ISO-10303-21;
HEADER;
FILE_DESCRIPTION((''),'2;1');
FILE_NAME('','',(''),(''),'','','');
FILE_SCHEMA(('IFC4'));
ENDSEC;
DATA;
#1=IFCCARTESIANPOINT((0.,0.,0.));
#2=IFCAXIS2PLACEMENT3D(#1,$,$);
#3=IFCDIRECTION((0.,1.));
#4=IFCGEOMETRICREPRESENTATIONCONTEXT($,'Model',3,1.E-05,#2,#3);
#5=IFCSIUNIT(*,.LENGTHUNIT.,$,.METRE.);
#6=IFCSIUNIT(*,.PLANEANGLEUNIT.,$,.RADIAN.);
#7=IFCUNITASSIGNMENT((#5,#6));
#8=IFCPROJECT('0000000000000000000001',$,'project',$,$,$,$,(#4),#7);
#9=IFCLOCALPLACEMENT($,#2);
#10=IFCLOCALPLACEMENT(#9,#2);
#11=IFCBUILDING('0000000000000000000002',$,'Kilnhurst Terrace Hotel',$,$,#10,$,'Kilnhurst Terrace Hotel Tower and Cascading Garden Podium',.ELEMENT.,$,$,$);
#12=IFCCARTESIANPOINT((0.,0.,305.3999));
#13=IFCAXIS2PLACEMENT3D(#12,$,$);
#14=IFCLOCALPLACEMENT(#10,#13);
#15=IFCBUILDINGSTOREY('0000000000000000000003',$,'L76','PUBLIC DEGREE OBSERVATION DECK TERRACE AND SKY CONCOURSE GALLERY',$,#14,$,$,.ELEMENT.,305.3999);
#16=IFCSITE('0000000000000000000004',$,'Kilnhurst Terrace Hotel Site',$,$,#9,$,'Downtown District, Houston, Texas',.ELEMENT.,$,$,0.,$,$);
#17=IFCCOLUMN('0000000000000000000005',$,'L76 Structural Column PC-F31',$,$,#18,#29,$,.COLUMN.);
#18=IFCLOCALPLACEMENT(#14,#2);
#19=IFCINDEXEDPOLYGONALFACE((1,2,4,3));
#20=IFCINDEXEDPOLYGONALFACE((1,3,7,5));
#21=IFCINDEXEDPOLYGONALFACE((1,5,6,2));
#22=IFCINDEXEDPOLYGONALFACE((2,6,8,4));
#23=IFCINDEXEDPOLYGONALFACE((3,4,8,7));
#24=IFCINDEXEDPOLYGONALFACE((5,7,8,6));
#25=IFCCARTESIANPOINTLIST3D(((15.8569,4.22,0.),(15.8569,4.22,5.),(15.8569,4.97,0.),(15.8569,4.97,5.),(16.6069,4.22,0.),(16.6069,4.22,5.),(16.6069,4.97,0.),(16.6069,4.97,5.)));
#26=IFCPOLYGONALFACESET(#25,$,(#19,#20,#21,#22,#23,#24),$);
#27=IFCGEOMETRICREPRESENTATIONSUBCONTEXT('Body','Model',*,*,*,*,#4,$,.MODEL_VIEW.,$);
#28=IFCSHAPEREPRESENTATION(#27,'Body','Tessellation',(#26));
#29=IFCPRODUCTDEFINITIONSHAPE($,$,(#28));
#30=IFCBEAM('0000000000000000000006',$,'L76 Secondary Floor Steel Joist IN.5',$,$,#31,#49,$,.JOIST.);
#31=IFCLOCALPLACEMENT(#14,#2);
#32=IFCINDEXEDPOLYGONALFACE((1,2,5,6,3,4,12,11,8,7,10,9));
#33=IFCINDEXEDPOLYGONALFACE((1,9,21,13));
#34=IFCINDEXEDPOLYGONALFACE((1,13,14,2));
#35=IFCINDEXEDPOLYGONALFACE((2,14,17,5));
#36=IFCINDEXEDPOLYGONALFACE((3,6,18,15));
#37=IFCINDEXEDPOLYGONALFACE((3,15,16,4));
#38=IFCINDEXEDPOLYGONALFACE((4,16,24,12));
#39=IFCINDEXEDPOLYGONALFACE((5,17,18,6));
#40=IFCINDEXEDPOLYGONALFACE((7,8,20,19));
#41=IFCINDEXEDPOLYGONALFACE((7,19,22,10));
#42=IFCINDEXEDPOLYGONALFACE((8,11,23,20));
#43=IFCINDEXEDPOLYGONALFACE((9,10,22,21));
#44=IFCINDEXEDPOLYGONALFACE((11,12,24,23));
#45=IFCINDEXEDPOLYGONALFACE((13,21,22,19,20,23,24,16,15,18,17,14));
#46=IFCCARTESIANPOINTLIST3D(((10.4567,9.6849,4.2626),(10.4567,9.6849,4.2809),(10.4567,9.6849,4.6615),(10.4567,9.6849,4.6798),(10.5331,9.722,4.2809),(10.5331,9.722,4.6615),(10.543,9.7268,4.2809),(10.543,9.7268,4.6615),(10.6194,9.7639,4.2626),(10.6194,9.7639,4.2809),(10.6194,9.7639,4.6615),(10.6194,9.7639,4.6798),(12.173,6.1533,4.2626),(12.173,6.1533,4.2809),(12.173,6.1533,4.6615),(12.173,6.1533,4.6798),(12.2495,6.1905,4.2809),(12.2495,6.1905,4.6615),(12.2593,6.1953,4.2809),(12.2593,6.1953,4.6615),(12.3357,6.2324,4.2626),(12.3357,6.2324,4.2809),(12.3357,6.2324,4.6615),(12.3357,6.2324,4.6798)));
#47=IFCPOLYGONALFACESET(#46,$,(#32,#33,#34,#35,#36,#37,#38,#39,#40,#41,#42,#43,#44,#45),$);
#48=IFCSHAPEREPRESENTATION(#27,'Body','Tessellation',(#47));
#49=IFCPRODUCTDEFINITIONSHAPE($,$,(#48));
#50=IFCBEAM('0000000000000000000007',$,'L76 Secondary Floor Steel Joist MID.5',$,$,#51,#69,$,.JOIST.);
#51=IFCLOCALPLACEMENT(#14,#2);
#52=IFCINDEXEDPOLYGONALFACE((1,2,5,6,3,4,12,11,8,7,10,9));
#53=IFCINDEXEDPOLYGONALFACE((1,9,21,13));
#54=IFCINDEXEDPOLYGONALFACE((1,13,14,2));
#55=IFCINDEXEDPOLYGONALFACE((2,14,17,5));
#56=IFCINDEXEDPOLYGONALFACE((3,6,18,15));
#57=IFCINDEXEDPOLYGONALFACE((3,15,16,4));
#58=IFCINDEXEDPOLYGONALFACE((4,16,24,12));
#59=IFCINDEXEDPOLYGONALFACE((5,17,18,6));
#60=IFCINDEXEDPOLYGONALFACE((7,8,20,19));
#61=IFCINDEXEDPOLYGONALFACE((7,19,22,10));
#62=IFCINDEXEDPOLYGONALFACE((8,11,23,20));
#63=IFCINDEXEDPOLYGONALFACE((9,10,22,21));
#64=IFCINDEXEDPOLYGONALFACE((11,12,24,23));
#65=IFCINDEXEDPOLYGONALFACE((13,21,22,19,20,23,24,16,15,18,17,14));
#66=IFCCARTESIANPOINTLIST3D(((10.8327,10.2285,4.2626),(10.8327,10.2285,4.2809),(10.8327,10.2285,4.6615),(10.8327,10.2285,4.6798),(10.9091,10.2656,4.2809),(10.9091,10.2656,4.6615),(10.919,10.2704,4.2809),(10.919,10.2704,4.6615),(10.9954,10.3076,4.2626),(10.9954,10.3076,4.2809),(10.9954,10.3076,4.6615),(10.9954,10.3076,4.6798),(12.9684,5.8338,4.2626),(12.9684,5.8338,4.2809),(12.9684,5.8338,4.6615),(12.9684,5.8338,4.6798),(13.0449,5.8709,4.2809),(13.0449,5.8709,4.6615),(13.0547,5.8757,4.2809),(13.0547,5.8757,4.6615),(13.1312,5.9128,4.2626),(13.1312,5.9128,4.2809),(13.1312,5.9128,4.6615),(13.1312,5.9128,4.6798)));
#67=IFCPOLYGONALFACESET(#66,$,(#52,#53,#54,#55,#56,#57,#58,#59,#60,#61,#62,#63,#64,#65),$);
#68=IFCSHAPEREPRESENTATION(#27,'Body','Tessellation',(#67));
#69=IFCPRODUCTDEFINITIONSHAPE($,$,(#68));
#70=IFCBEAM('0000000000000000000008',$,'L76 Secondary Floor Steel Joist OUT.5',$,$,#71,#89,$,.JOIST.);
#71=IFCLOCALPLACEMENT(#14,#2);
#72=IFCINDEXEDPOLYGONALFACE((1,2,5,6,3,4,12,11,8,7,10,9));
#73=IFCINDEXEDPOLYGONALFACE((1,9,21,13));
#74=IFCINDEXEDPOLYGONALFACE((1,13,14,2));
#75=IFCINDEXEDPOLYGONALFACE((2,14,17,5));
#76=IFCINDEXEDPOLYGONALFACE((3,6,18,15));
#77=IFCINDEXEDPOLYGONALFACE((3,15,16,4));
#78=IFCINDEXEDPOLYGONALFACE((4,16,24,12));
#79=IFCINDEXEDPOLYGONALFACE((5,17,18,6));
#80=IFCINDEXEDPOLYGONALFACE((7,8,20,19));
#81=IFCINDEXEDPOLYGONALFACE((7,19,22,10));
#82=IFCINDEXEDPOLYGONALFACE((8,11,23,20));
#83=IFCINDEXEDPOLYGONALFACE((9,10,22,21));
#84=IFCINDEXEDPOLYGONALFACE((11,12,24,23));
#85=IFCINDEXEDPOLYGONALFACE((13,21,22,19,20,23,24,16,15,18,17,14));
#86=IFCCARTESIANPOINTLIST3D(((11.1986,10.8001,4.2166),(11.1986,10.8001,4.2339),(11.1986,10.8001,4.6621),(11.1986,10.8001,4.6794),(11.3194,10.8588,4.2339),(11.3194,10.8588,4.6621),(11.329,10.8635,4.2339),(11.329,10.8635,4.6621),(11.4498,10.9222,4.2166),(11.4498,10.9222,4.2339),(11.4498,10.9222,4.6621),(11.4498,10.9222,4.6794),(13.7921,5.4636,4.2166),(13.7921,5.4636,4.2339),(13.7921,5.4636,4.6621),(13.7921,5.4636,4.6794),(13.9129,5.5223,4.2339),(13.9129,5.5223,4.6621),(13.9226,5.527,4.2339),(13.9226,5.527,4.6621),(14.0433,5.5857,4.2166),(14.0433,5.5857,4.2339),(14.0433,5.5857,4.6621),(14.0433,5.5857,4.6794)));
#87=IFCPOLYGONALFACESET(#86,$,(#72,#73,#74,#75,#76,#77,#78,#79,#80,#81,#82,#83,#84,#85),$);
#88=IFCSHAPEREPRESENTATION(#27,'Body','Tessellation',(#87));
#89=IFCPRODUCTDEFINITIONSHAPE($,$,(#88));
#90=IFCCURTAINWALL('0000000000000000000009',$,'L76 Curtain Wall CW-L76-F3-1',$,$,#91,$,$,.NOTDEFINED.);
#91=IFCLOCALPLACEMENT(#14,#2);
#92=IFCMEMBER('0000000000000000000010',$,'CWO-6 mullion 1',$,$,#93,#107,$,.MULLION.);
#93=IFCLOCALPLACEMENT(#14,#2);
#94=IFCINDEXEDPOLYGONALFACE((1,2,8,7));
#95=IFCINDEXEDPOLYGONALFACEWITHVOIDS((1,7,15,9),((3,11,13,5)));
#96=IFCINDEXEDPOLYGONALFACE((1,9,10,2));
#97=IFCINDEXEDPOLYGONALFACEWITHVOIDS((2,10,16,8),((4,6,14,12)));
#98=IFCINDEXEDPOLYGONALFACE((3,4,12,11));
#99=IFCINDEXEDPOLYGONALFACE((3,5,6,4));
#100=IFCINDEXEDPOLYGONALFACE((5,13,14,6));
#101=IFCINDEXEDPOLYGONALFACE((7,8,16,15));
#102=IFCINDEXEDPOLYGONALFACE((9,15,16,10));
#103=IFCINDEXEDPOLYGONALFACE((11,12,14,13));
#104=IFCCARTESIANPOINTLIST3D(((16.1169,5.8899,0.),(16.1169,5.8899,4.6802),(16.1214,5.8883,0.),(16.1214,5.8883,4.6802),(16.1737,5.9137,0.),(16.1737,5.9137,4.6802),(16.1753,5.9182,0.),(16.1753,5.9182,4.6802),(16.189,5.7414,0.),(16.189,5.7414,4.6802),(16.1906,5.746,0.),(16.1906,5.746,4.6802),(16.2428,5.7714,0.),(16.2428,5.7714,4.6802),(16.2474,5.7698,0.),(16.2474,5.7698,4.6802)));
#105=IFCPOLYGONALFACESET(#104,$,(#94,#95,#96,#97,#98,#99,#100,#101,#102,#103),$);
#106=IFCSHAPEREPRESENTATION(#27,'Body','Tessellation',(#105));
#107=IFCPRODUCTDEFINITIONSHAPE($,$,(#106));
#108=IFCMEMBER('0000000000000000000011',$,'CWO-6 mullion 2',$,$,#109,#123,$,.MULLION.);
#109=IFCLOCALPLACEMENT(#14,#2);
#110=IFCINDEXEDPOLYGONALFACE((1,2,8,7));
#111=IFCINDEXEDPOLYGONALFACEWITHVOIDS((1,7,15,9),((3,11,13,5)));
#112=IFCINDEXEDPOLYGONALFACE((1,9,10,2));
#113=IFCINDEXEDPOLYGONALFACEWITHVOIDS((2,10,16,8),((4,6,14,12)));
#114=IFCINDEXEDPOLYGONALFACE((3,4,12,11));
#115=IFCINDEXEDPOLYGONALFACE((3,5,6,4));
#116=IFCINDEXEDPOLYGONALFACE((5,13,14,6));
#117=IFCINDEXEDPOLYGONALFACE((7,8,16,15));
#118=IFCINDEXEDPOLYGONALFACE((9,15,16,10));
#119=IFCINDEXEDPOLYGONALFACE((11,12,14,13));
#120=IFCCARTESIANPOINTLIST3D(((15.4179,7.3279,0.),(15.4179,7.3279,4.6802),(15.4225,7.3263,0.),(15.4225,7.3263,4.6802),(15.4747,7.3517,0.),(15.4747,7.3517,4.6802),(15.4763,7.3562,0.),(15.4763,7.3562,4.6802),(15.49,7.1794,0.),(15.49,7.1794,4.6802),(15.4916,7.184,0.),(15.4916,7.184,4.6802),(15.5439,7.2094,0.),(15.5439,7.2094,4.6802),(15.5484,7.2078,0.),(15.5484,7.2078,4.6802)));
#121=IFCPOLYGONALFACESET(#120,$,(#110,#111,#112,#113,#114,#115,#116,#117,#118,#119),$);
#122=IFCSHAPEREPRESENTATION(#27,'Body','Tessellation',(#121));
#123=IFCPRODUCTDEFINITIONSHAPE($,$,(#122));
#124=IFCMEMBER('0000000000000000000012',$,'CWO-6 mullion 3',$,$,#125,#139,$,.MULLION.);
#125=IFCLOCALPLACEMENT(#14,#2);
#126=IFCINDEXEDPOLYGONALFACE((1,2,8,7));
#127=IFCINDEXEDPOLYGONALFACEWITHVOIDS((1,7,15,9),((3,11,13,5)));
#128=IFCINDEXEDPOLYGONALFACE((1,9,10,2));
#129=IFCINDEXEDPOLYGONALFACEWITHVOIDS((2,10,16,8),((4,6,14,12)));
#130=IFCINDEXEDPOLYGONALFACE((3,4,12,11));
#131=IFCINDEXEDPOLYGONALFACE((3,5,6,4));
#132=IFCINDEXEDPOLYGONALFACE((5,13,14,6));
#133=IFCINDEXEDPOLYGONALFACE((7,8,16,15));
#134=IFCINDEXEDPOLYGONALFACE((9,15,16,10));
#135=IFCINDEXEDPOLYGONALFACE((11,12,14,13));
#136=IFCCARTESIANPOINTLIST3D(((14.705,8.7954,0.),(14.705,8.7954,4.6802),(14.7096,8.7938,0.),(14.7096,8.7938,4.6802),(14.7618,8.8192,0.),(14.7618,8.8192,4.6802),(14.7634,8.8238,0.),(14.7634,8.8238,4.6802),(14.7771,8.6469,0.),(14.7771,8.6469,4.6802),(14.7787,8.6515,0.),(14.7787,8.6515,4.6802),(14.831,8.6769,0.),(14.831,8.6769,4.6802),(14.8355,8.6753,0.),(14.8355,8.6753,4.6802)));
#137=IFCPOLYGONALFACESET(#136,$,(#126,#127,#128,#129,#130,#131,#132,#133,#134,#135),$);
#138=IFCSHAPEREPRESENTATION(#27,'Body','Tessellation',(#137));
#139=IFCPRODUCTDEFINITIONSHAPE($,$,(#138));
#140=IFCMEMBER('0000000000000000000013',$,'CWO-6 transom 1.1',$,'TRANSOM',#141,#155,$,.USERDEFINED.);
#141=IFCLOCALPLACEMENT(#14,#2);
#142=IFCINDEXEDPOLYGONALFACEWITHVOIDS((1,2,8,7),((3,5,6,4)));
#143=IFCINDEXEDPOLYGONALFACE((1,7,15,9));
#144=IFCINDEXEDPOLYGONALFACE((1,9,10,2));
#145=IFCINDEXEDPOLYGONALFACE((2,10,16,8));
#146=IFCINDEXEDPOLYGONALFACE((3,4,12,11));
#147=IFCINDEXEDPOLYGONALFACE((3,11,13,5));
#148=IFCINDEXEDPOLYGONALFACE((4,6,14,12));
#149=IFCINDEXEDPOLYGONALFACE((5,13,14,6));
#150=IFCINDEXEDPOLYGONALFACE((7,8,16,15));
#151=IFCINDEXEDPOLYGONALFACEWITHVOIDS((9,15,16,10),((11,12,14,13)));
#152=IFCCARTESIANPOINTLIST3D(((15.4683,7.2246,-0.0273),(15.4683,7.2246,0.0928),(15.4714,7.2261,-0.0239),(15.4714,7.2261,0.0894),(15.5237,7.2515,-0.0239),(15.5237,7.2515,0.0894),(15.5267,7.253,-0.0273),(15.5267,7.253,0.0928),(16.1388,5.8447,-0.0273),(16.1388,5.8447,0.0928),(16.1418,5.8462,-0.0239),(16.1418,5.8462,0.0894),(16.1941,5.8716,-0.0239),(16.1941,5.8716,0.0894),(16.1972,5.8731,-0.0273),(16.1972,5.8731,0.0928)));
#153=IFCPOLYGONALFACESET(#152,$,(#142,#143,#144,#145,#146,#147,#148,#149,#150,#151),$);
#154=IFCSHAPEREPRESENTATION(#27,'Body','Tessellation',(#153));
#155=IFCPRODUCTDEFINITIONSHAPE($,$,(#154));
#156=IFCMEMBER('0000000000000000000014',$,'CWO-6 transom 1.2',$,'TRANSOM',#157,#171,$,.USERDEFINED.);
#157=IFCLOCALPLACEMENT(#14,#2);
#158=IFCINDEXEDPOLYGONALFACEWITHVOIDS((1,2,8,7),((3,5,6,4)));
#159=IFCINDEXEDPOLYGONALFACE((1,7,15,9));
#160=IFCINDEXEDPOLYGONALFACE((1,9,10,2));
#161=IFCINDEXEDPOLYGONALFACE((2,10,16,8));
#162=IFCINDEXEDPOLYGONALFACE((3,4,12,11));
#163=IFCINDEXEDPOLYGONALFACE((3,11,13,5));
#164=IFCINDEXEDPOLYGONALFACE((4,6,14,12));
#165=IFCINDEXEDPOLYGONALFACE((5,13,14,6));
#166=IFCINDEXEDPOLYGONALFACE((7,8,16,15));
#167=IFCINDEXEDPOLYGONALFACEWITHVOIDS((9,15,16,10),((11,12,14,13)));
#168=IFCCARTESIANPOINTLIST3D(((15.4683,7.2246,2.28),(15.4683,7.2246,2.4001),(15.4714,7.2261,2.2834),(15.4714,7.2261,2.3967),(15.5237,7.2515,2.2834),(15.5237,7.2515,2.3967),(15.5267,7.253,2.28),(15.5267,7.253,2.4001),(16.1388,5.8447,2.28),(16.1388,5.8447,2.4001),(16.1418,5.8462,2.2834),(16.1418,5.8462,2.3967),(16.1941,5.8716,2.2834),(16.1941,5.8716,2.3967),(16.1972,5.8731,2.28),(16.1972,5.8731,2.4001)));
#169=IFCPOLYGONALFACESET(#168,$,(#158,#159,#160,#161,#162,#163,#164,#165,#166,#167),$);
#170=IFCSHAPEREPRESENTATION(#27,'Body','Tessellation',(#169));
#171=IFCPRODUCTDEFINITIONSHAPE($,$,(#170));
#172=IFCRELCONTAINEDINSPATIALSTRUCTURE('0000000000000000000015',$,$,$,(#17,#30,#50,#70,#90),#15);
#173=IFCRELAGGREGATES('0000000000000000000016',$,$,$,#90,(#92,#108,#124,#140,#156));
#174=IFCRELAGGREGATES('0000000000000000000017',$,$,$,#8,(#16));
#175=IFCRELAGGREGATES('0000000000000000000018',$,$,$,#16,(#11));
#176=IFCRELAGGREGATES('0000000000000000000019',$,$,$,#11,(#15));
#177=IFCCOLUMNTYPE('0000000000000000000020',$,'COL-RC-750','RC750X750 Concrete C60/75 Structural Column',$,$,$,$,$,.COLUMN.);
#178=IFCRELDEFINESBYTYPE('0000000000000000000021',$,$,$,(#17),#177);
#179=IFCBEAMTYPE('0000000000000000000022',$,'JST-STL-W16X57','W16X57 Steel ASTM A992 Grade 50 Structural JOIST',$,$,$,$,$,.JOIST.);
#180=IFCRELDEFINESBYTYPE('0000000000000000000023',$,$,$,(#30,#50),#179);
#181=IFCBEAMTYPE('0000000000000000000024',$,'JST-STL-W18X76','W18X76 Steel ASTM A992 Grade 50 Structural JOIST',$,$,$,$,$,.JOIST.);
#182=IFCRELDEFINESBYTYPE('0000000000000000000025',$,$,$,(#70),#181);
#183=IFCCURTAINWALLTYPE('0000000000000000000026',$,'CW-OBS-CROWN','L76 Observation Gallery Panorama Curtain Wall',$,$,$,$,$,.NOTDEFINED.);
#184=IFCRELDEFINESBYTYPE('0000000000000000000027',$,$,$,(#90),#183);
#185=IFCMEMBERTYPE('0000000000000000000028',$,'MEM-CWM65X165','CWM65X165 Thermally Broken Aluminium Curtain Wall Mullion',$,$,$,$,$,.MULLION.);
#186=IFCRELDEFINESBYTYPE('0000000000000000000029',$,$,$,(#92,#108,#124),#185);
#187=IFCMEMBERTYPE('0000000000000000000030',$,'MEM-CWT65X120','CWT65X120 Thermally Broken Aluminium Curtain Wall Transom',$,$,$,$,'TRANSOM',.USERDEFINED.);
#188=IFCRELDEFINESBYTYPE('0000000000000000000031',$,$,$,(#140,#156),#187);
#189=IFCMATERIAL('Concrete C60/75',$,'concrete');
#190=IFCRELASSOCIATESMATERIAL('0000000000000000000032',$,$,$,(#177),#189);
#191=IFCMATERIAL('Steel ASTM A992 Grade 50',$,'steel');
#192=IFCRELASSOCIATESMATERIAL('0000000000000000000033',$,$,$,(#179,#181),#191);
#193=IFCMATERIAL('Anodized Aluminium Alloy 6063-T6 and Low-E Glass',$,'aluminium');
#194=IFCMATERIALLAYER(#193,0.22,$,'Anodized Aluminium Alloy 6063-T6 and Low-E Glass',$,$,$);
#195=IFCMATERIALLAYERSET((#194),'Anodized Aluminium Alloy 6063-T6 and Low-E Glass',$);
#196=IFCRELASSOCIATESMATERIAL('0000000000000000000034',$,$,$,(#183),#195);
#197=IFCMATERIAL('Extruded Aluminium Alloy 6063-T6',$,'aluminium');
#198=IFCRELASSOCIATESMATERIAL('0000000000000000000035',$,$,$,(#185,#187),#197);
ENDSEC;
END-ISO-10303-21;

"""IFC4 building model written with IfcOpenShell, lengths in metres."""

from ifc_helpers import new_model, si_unit, direction, frame, origin, origin_2d, place, context, subcontext, project, spatial, rectangle, hollow_rectangle, i_section, extrude, material, layer, layer_set, material_profile, profile_set, type_object, element, aggregate, save


model = new_model("IFC4")

# Units and contexts
model_context = context("Model", 3, precision=1e-05, world=origin(), true_north=direction((0.0, 1.0)))
body_context = subcontext(model_context, "Body", "Model", "MODEL_VIEW")
ifc_project = project(units=[si_unit("LENGTHUNIT", "METRE"), si_unit("PLANEANGLEUNIT", "RADIAN")], contexts=[model_context])

# Site, building, storey
site_placement = place(None, origin())
site = spatial("IfcSite", under=ifc_project, at=site_placement, Name="Kilnhurst Terrace Hotel Site", LongName="Downtown District, Houston, Texas", CompositionType="ELEMENT", RefElevation=0.0)
building_placement = place(site_placement, origin())
building = spatial("IfcBuilding", under=site, at=building_placement, Name="Kilnhurst Terrace Hotel", LongName="Kilnhurst Terrace Hotel Tower and Cascading Garden Podium", CompositionType="ELEMENT")
storey_placement = place(building_placement, frame((0.0, 0.0, 305.3999)))
storey = spatial("IfcBuildingStorey", under=building, at=storey_placement, Name="L76", Description="PUBLIC DEGREE OBSERVATION DECK TERRACE AND SKY CONCOURSE GALLERY", CompositionType="ELEMENT", Elevation=305.3999)

# Column
ifc_material_1 = material(Name="Concrete C60/75", Category="concrete")
ifc_material_profile_1 = material_profile(ifc_material_1, rectangle(XDim=0.75, YDim=0.75, at=origin_2d()), Name="RC750X750")
ifc_profile_set_1 = profile_set([ifc_material_profile_1], Name="Concrete C60/75")
column_type = type_object("IfcColumnType", Name="COL-RC-750", Description="RC750X750 Concrete C60/75 Structural Column", PredefinedType="COLUMN", material=ifc_profile_set_1)
column_placement = place(storey_placement, frame((16.2319, 4.595, 0.0), z_axis=(0.0, 0.0, 1.0), x_axis=(1.0, 0.0, 0.0)))
element("IfcColumn", 1, at=column_placement, inside=storey, type_object=column_type, Name="L76 Structural Column PC-F31", PredefinedType="COLUMN", context=body_context, shape_type="SweptSolid", body=[
    extrude(rectangle(XDim=0.75, YDim=0.75, at=origin_2d()), origin(), (0.0, 0.0, 1.0), 5.0),
])

# Beams
ifc_material_2 = material(Name="Steel ASTM A992 Grade 50", Category="steel")
ifc_material_profile_2 = material_profile(ifc_material_2, i_section(OverallWidth=0.1809, OverallDepth=0.4172, WebThickness=0.011, FlangeThickness=0.0183, at=origin_2d()), Name="W16X57")
ifc_profile_set_2 = profile_set([ifc_material_profile_2], Name="Steel ASTM A992 Grade 50")
beam_type_1 = type_object("IfcBeamType", Name="JST-STL-W16X57", Description="W16X57 Steel ASTM A992 Grade 50 Structural JOIST", PredefinedType="JOIST", material=ifc_profile_set_2)
beam_1_placement = place(storey_placement, frame((12.2544, 6.1929, 4.4712), z_axis=(-0.437112, 0.899407, 0.0), x_axis=(-0.899407, -0.437112, 0.0)))
element("IfcBeam", 2, at=beam_1_placement, inside=storey, type_object=beam_type_1, Name="L76 Secondary Floor Steel Joist IN.5", PredefinedType="JOIST", context=body_context, shape_type="SweptSolid", body=[
    extrude(i_section(OverallWidth=0.1809, OverallDepth=0.4172, WebThickness=0.011, FlangeThickness=0.0183, at=origin_2d()), origin(), (0.0, 0.0, 1.0), 3.9265),
])
beam_2_placement = place(storey_placement, frame((13.0498, 5.8733, 4.4712), z_axis=(-0.437092, 0.899417, 0.0), x_axis=(-0.899417, -0.437092, 0.0)))
element("IfcBeam", 3, at=beam_2_placement, inside=storey, type_object=beam_type_1, Name="L76 Secondary Floor Steel Joist MID.5", PredefinedType="JOIST", context=body_context, shape_type="SweptSolid", body=[
    extrude(i_section(OverallWidth=0.1809, OverallDepth=0.4172, WebThickness=0.011, FlangeThickness=0.0183, at=origin_2d()), origin(), (0.0, 0.0, 1.0), 4.8862),
])
ifc_material_profile_3 = material_profile(ifc_material_2, i_section(OverallWidth=0.2793, OverallDepth=0.4629, WebThickness=0.0107, FlangeThickness=0.0173, at=origin_2d()), Name="W18X76")
ifc_profile_set_3 = profile_set([ifc_material_profile_3], Name="Steel ASTM A992 Grade 50")
beam_type_2 = type_object("IfcBeamType", Name="JST-STL-W18X76", Description="W18X76 Steel ASTM A992 Grade 50 Structural JOIST", PredefinedType="JOIST", material=ifc_profile_set_3)
beam_3_placement = place(storey_placement, frame((13.9177, 5.5247, 4.448), z_axis=(-0.437112, 0.899407, 0.0), x_axis=(-0.899407, -0.437112, 0.0)))
element("IfcBeam", 4, at=beam_3_placement, inside=storey, type_object=beam_type_2, Name="L76 Secondary Floor Steel Joist OUT.5", PredefinedType="JOIST", context=body_context, shape_type="SweptSolid", body=[
    extrude(i_section(OverallWidth=0.2793, OverallDepth=0.4629, WebThickness=0.0107, FlangeThickness=0.0173, at=origin_2d()), origin(), (0.0, 0.0, 1.0), 5.9333),
])

# Curtain wall, members
ifc_material_3 = material(Name="Anodized Aluminium Alloy 6063-T6 and Low-E Glass", Category="aluminium")
ifc_layer_1 = layer(ifc_material_3, 0.22, Name="Anodized Aluminium Alloy 6063-T6 and Low-E Glass")
ifc_layer_set_1 = layer_set([ifc_layer_1], Name="Anodized Aluminium Alloy 6063-T6 and Low-E Glass")
curtain_wall_type = type_object("IfcCurtainWallType", Name="CW-OBS-CROWN", Description="L76 Observation Gallery Panorama Curtain Wall", PredefinedType="NOTDEFINED", material=ifc_layer_set_1)
curtain_wall_placement = place(storey_placement, origin())
curtain_wall = element("IfcCurtainWall", 5, at=curtain_wall_placement, inside=storey, type_object=curtain_wall_type, Name="L76 Curtain Wall CW-L76-F3-1", PredefinedType="NOTDEFINED")
ifc_material_4 = material(Name="Extruded Aluminium Alloy 6063-T6", Category="aluminium")
ifc_material_profile_4 = material_profile(ifc_material_4, hollow_rectangle(XDim=0.0649, YDim=0.165, WallThickness=0.0034, at=origin_2d()), Name="CWM65X165")
ifc_profile_set_4 = profile_set([ifc_material_profile_4], Name="Extruded Aluminium Alloy 6063-T6")
member_type_1 = type_object("IfcMemberType", Name="MEM-CWM65X165", Description="CWM65X165 Thermally Broken Aluminium Curtain Wall Mullion", PredefinedType="MULLION", material=ifc_profile_set_4)
member_1_placement = place(storey_placement, frame((16.1821, 5.8298, 0.0), z_axis=(0.0, 0.0, 1.0), x_axis=(-0.899436, -0.437053, 0.0)))
member_1 = element("IfcMember", 6, at=member_1_placement, type_object=member_type_1, Name="CWO-6 mullion 1", PredefinedType="MULLION", context=body_context, shape_type="SweptSolid", body=[
    extrude(hollow_rectangle(XDim=0.0649, YDim=0.165, WallThickness=0.0034, at=origin_2d()), origin(), (0.0, 0.0, 1.0), 4.6802),
])
member_2_placement = place(storey_placement, frame((15.4832, 7.2678, 0.0), z_axis=(0.0, 0.0, 1.0), x_axis=(-0.899436, -0.437053, 0.0)))
member_2 = element("IfcMember", 7, at=member_2_placement, type_object=member_type_1, Name="CWO-6 mullion 2", PredefinedType="MULLION", context=body_context, shape_type="SweptSolid", body=[
    extrude(hollow_rectangle(XDim=0.0649, YDim=0.165, WallThickness=0.0034, at=origin_2d()), origin(), (0.0, 0.0, 1.0), 4.6802),
])
member_3_placement = place(storey_placement, frame((14.7703, 8.7354, 0.0), z_axis=(0.0, 0.0, 1.0), x_axis=(-0.899436, -0.437053, 0.0)))
member_3 = element("IfcMember", 8, at=member_3_placement, type_object=member_type_1, Name="CWO-6 mullion 3", PredefinedType="MULLION", context=body_context, shape_type="SweptSolid", body=[
    extrude(hollow_rectangle(XDim=0.0649, YDim=0.165, WallThickness=0.0034, at=origin_2d()), origin(), (0.0, 0.0, 1.0), 4.6802),
])
ifc_material_profile_5 = material_profile(ifc_material_4, hollow_rectangle(XDim=0.0649, YDim=0.1201, WallThickness=0.0034, at=origin_2d()), Name="CWT65X120")
ifc_profile_set_5 = profile_set([ifc_material_profile_5], Name="Extruded Aluminium Alloy 6063-T6")
member_type_2 = type_object("IfcMemberType", Name="MEM-CWT65X120", Description="CWT65X120 Thermally Broken Aluminium Curtain Wall Transom", ElementType="TRANSOM", PredefinedType="USERDEFINED", material=ifc_profile_set_5)
member_4_placement = place(storey_placement, frame((16.168, 5.8589, 0.0327), z_axis=(-0.437, 0.899462, 0.0), x_axis=(-0.899462, -0.437, 0.0)))
member_4 = element("IfcMember", 9, at=member_4_placement, type_object=member_type_2, Name="CWO-6 transom 1.1", ObjectType="TRANSOM", PredefinedType="USERDEFINED", context=body_context, shape_type="SweptSolid", body=[
    extrude(hollow_rectangle(XDim=0.0649, YDim=0.1201, WallThickness=0.0034, at=origin_2d()), origin(), (0.0, 0.0, 1.0), 1.5342),
])
member_5_placement = place(storey_placement, frame((16.168, 5.8589, 2.3401), z_axis=(-0.437, 0.899462, 0.0), x_axis=(-0.899462, -0.437, 0.0)))
member_5 = element("IfcMember", 10, at=member_5_placement, type_object=member_type_2, Name="CWO-6 transom 1.2", ObjectType="TRANSOM", PredefinedType="USERDEFINED", context=body_context, shape_type="SweptSolid", body=[
    extrude(hollow_rectangle(XDim=0.0649, YDim=0.1201, WallThickness=0.0034, at=origin_2d()), origin(), (0.0, 0.0, 1.0), 1.5342),
])

aggregate(curtain_wall, [member_1, member_2, member_3, member_4, member_5])

save(model, "model.ifc")
